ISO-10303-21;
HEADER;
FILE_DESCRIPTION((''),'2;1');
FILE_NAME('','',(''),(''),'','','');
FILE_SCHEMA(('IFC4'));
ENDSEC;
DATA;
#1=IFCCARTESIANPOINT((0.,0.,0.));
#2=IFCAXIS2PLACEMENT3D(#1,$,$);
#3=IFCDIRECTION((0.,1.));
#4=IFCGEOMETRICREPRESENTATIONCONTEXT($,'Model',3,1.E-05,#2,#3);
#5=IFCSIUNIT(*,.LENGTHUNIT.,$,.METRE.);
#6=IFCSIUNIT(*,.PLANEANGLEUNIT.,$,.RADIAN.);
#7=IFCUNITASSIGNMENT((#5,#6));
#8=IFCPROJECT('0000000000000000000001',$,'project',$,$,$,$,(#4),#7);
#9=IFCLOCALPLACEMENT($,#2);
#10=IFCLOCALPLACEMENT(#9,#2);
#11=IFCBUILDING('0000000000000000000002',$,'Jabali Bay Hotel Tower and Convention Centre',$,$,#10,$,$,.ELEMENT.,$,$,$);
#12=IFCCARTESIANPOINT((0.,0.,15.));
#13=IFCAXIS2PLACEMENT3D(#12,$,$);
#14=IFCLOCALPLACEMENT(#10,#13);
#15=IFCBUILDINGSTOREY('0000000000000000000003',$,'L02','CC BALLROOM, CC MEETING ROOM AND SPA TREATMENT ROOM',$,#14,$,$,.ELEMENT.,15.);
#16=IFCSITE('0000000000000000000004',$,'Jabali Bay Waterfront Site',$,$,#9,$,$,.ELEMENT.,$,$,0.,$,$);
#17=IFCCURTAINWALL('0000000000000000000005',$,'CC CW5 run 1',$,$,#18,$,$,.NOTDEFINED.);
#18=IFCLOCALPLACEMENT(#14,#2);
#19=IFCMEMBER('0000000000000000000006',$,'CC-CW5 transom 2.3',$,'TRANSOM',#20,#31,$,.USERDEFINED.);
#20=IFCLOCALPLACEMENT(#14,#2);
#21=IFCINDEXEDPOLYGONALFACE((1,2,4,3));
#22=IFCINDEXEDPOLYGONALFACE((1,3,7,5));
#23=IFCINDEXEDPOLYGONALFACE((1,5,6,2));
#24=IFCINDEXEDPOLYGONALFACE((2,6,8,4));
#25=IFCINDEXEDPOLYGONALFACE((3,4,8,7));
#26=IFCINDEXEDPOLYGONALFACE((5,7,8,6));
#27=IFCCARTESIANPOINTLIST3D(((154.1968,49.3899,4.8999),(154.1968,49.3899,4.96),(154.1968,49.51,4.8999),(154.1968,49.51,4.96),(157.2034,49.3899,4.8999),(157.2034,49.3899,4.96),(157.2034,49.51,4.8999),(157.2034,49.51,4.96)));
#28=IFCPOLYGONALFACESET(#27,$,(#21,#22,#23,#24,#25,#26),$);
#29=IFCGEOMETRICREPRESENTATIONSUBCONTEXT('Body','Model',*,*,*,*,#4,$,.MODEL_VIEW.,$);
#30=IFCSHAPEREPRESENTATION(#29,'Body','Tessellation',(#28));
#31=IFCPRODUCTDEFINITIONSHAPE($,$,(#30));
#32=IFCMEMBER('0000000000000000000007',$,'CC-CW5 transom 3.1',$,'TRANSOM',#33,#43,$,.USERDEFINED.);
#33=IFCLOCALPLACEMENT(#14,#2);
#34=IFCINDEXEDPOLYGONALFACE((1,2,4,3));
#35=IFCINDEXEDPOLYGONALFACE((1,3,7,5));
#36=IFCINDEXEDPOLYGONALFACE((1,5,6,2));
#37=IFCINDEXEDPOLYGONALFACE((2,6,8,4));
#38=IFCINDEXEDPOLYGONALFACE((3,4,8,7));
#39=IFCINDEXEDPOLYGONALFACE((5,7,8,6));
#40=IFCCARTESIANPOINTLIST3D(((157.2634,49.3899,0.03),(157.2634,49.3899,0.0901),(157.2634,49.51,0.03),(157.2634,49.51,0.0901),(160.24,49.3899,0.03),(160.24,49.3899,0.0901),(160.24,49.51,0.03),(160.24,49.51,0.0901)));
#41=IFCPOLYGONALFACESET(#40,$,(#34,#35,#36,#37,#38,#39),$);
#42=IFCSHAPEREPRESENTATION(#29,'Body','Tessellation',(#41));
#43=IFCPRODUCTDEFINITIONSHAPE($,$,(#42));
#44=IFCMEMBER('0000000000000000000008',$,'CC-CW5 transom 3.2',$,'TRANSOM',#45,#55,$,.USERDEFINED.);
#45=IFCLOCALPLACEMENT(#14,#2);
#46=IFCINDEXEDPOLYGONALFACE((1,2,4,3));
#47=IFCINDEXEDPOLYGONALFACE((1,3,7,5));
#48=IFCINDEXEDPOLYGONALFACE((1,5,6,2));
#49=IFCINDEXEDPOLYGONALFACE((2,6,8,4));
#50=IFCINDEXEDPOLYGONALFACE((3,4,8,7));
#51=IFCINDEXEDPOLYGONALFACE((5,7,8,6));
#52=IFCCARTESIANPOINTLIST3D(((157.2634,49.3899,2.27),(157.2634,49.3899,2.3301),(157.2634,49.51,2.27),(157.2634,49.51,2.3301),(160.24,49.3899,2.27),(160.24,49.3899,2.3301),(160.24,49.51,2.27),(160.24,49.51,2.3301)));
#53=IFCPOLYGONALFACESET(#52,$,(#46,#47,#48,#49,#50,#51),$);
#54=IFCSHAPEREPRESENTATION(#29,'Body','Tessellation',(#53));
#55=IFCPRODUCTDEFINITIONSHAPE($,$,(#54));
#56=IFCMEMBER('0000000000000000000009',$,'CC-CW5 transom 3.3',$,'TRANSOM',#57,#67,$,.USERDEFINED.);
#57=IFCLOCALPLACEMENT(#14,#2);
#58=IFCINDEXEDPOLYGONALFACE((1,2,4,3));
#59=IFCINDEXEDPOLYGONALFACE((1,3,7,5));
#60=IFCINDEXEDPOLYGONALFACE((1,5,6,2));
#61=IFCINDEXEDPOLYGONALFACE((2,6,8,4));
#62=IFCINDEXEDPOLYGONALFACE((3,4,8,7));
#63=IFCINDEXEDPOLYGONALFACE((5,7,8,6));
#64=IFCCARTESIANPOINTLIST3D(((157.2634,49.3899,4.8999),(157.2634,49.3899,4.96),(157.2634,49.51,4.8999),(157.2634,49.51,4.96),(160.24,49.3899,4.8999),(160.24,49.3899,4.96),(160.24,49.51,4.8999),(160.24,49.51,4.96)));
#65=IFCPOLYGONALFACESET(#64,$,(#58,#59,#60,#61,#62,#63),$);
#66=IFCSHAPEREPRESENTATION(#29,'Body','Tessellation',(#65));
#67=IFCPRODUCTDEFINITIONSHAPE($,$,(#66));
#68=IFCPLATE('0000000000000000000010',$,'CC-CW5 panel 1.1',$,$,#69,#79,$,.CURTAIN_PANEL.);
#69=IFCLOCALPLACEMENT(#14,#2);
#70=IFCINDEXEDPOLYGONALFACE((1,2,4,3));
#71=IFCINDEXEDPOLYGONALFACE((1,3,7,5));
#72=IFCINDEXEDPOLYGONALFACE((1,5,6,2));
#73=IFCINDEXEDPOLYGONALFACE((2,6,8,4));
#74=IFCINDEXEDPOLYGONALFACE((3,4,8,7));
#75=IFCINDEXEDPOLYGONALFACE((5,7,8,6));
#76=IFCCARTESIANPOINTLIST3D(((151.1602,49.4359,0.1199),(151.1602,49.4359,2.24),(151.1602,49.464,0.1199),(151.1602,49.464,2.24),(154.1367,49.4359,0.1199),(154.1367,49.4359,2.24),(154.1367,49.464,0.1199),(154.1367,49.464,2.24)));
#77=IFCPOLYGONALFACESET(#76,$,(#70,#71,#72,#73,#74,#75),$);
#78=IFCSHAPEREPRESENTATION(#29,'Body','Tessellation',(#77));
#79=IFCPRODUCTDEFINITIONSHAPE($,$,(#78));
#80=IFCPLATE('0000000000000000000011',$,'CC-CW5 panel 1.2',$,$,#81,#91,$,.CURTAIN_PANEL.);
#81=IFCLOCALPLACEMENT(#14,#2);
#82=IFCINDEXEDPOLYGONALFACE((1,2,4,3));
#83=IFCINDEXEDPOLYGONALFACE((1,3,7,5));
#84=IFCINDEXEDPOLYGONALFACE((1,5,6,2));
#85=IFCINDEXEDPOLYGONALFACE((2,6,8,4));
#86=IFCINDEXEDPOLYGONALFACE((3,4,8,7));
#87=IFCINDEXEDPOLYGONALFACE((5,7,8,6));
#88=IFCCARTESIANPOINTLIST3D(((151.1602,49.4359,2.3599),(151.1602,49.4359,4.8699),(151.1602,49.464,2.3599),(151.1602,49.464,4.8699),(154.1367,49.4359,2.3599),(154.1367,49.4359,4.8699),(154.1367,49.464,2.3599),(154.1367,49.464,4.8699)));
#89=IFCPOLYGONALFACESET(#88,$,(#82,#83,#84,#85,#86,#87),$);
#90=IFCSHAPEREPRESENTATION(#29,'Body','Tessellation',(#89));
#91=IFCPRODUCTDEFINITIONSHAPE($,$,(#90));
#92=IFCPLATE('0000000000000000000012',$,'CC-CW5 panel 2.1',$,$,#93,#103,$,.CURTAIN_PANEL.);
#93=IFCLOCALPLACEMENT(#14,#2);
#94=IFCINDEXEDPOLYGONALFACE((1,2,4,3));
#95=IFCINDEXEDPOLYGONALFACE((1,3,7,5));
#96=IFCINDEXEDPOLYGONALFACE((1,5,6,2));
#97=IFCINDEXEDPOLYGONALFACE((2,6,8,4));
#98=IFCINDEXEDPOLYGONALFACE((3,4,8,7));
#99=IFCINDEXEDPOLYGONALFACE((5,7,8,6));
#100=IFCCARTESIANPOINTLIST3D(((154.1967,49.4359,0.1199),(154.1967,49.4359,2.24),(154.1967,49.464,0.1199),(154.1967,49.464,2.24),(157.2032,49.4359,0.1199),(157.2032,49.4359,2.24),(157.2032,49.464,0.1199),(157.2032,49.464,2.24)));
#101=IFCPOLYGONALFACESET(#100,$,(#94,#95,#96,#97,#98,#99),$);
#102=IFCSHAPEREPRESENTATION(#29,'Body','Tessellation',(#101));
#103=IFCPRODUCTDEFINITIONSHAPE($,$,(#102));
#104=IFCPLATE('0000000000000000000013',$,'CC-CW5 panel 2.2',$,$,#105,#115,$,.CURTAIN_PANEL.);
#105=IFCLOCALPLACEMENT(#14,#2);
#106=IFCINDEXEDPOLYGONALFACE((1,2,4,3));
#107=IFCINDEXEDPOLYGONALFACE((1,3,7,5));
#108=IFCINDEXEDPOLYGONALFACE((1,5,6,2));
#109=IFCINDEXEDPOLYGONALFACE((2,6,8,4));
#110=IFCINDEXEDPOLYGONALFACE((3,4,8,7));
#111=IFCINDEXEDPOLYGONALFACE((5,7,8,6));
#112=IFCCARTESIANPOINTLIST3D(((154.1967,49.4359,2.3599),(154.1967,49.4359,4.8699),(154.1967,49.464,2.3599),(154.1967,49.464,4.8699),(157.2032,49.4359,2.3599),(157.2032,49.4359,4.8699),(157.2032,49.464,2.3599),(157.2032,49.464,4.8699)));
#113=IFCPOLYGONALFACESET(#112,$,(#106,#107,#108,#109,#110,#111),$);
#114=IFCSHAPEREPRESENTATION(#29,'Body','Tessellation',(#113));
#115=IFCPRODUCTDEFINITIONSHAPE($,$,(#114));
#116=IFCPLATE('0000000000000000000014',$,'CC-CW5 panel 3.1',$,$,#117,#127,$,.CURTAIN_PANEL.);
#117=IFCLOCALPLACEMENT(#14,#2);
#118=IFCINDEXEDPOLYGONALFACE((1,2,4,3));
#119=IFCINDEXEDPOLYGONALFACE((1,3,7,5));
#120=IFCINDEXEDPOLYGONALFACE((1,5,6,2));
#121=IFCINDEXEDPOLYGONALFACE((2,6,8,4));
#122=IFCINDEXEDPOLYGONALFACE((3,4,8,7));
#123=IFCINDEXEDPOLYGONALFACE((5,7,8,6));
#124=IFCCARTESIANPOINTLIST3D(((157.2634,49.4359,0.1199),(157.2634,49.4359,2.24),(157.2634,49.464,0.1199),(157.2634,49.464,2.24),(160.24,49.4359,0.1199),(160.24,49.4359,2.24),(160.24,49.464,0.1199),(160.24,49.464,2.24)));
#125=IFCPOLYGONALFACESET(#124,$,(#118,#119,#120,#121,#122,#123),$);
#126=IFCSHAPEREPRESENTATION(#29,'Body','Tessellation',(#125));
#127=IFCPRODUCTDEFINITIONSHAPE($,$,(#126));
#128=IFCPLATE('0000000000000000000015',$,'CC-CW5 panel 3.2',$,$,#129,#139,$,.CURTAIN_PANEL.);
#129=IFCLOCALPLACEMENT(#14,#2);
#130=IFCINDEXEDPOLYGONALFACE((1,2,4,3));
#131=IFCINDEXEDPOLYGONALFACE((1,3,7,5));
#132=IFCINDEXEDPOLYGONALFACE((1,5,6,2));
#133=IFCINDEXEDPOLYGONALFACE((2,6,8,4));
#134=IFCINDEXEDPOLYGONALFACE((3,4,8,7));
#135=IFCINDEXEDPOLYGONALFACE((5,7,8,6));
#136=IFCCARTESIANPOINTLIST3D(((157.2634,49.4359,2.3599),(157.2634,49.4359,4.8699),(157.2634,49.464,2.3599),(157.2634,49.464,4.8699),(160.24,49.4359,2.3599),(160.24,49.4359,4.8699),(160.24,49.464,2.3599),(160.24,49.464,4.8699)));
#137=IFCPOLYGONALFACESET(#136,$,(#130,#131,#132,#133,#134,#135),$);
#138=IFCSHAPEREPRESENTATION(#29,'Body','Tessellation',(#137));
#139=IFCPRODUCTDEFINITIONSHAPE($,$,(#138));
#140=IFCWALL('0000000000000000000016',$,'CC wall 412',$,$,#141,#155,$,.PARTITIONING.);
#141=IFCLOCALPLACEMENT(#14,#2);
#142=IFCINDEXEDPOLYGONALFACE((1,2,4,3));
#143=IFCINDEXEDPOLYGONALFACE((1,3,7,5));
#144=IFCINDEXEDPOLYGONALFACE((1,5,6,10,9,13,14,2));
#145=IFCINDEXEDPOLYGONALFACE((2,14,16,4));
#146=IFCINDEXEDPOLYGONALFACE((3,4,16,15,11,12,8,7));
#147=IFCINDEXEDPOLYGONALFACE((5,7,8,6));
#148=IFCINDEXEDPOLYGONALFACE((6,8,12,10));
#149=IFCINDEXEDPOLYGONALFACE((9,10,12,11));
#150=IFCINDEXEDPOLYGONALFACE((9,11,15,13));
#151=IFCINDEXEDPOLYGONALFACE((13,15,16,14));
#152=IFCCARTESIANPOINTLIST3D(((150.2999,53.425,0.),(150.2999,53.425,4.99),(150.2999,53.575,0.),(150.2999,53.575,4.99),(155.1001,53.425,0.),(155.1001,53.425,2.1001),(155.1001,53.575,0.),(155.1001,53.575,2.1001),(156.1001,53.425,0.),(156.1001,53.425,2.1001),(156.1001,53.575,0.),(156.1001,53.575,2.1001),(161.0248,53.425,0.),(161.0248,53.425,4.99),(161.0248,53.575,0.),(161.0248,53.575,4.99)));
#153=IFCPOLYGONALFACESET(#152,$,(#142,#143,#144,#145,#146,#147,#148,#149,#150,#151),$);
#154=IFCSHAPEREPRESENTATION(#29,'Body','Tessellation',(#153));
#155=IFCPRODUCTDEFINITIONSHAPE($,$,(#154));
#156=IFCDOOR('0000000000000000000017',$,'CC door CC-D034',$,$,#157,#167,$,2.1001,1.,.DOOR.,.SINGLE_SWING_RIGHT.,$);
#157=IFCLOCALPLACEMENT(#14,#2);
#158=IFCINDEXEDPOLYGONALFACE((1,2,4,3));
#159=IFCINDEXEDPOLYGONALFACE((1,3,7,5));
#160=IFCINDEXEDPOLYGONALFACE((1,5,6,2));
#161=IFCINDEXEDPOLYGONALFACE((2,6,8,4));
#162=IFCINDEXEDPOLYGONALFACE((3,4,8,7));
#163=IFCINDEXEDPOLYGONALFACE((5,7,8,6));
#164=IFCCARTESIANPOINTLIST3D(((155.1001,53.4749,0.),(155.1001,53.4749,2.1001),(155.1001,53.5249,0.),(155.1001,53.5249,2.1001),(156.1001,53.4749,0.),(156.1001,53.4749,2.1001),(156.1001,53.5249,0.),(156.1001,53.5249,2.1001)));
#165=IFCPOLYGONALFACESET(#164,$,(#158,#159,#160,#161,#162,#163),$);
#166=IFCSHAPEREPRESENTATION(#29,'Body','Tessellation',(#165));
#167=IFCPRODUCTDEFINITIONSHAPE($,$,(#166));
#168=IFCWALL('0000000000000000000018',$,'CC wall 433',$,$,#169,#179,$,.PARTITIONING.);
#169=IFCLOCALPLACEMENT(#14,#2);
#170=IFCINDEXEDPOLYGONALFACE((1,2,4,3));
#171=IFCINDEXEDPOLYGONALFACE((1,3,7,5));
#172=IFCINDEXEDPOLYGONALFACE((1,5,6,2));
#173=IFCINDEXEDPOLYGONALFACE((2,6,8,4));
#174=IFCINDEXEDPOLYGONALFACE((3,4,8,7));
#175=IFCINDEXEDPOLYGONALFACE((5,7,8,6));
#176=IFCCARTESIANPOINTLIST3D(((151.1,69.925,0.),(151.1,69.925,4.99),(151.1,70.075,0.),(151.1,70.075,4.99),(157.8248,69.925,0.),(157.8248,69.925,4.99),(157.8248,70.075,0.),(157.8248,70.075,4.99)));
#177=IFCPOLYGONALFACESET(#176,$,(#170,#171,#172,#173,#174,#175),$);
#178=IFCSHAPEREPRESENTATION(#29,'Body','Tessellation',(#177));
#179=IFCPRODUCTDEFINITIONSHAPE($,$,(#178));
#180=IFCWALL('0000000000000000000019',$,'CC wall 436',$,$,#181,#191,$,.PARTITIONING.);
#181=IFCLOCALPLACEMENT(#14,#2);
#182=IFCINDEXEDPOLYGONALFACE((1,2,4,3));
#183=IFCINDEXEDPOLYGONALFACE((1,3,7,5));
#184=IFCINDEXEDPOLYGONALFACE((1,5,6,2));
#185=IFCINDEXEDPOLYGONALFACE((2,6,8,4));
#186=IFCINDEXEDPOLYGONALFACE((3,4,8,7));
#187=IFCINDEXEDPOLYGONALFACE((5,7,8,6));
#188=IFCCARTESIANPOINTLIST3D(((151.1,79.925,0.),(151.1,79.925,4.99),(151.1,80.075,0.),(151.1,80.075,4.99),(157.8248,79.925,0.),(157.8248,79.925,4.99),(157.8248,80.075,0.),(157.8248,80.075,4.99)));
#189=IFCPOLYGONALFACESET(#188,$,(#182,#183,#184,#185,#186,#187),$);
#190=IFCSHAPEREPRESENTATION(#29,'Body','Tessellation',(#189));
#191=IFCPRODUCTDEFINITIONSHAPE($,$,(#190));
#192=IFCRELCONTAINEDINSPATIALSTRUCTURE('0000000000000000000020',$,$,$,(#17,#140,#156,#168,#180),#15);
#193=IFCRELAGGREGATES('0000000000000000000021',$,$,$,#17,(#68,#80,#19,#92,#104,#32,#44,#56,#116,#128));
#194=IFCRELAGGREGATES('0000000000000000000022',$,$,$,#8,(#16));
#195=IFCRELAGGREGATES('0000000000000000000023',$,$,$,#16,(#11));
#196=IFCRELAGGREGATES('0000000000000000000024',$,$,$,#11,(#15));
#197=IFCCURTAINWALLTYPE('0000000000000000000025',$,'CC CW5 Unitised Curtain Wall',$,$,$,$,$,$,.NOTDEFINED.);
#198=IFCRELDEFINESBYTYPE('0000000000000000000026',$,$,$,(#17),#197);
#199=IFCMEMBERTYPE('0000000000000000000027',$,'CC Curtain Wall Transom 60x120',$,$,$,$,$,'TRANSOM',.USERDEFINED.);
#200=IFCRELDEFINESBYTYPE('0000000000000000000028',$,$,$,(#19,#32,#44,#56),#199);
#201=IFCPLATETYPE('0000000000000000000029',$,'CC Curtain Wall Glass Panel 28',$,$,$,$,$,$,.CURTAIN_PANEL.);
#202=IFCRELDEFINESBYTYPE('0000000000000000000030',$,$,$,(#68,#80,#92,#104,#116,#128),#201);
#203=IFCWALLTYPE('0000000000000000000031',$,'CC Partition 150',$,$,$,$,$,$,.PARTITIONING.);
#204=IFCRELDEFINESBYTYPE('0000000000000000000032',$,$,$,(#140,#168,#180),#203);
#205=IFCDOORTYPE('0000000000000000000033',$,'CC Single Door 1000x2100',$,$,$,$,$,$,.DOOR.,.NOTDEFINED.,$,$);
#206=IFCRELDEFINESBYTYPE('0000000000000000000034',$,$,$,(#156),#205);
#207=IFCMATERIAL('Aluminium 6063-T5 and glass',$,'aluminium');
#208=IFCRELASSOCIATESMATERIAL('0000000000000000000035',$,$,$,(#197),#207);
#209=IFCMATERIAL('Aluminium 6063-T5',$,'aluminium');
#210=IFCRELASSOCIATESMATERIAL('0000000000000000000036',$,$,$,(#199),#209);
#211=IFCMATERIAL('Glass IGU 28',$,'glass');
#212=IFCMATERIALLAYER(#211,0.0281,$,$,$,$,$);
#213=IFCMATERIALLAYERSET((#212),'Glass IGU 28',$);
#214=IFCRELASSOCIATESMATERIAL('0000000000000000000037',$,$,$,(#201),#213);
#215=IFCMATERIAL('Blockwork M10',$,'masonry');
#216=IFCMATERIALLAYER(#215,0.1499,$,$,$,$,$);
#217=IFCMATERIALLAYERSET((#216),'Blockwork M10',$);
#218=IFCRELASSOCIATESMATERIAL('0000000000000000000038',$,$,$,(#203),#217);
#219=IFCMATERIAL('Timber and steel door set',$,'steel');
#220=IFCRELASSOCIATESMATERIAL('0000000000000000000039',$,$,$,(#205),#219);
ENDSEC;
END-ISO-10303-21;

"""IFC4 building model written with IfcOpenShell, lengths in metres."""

from ifc_helpers import new_model, si_unit, direction, frame, frame_2d, origin, origin_2d, place, context, subcontext, project, spatial, rectangle, extrude, material, layer, layer_set, material_profile, profile_set, type_object, element, fill, aggregate, save


model = new_model("IFC4")

# Units and contexts
model_context = context("Model", 3, precision=1e-05, world=origin(), true_north=direction((0.0, 1.0)))
body_context = subcontext(model_context, "Body", "Model", "MODEL_VIEW")
ifc_project = project(units=[si_unit("LENGTHUNIT", "METRE"), si_unit("PLANEANGLEUNIT", "RADIAN")], contexts=[model_context])

# Site, building, storey
site_placement = place(None, origin())
site = spatial("IfcSite", under=ifc_project, at=site_placement, Name="Jabali Bay Waterfront Site", CompositionType="ELEMENT", RefElevation=0.0)
building_placement = place(site_placement, origin())
building = spatial("IfcBuilding", under=site, at=building_placement, Name="Jabali Bay Hotel Tower and Convention Centre", CompositionType="ELEMENT")
storey_placement = place(building_placement, frame((0.0, 0.0, 15.0)))
storey = spatial("IfcBuildingStorey", under=building, at=storey_placement, Name="L02", Description="CC BALLROOM, CC MEETING ROOM AND SPA TREATMENT ROOM", CompositionType="ELEMENT", Elevation=15.0)

# Curtain wall, members, plates
ifc_material_1 = material(Name="Aluminium 6063-T5 and glass", Category="aluminium")
curtain_wall_type = type_object("IfcCurtainWallType", Name="CC CW5 Unitised Curtain Wall", PredefinedType="NOTDEFINED", material=ifc_material_1)
curtain_wall_placement = place(storey_placement, origin())
curtain_wall = element("IfcCurtainWall", 1, at=curtain_wall_placement, inside=storey, type_object=curtain_wall_type, Name="CC CW5 run 1", PredefinedType="NOTDEFINED")
ifc_material_2 = material(Name="Aluminium 6063-T5", Category="aluminium")
ifc_material_profile_1 = material_profile(ifc_material_2, rectangle(XDim=0.1201, YDim=0.0601, at=origin_2d()), Name="AL 120x60")
ifc_profile_set_1 = profile_set([ifc_material_profile_1], Name="Aluminium 6063-T5")
member_type_1 = type_object("IfcMemberType", Name="CC Curtain Wall Transom 60x120", ElementType="TRANSOM", PredefinedType="USERDEFINED", material=ifc_profile_set_1)
member_1_placement = place(storey_placement, frame((154.1968, 49.45, 4.9299), z_axis=(1.0, 0.0, 0.0), x_axis=(0.0, 1.0, 0.0)))
member_1 = element("IfcMember", 2, at=member_1_placement, type_object=member_type_1, Name="CC-CW5 transom 2.3", ObjectType="TRANSOM", PredefinedType="USERDEFINED", context=body_context, shape_type="SweptSolid", body=[
    extrude(rectangle(XDim=0.1201, YDim=0.0601, at=origin_2d()), origin(), (0.0, 0.0, 1.0), 3.0066),
])
member_2_placement = place(storey_placement, frame((157.2634, 49.45, 0.0601), z_axis=(1.0, 0.0, 0.0), x_axis=(0.0, 1.0, 0.0)))
member_2 = element("IfcMember", 3, at=member_2_placement, type_object=member_type_1, Name="CC-CW5 transom 3.1", ObjectType="TRANSOM", PredefinedType="USERDEFINED", context=body_context, shape_type="SweptSolid", body=[
    extrude(rectangle(XDim=0.1201, YDim=0.0601, at=origin_2d()), origin(), (0.0, 0.0, 1.0), 2.9766),
])
member_3_placement = place(storey_placement, frame((157.2634, 49.45, 2.3), z_axis=(1.0, 0.0, 0.0), x_axis=(0.0, 1.0, 0.0)))
member_3 = element("IfcMember", 4, at=member_3_placement, type_object=member_type_1, Name="CC-CW5 transom 3.2", ObjectType="TRANSOM", PredefinedType="USERDEFINED", context=body_context, shape_type="SweptSolid", body=[
    extrude(rectangle(XDim=0.1201, YDim=0.0601, at=origin_2d()), origin(), (0.0, 0.0, 1.0), 2.9766),
])
member_4_placement = place(storey_placement, frame((157.2634, 49.45, 4.9299), z_axis=(1.0, 0.0, 0.0), x_axis=(0.0, 1.0, 0.0)))
member_4 = element("IfcMember", 5, at=member_4_placement, type_object=member_type_1, Name="CC-CW5 transom 3.3", ObjectType="TRANSOM", PredefinedType="USERDEFINED", context=body_context, shape_type="SweptSolid", body=[
    extrude(rectangle(XDim=0.1201, YDim=0.0601, at=origin_2d()), origin(), (0.0, 0.0, 1.0), 2.9766),
])
ifc_material_3 = material(Name="Glass IGU 28", Category="glass")
ifc_layer_1 = layer(ifc_material_3, 0.0281)
ifc_layer_set_1 = layer_set([ifc_layer_1], Name="Glass IGU 28")
plate_type = type_object("IfcPlateType", Name="CC Curtain Wall Glass Panel 28", PredefinedType="CURTAIN_PANEL", material=ifc_layer_set_1)
plate_1_placement = place(storey_placement, frame((152.6484, 49.45, 0.1199), z_axis=(0.0, 0.0, 1.0), x_axis=(1.0, 0.0, 0.0)))
plate_1 = element("IfcPlate", 6, at=plate_1_placement, type_object=plate_type, Name="CC-CW5 panel 1.1", PredefinedType="CURTAIN_PANEL", context=body_context, shape_type="SweptSolid", body=[
    extrude(rectangle(XDim=2.9766, YDim=0.0281, at=origin_2d()), origin(), (0.0, 0.0, 1.0), 2.1201),
])
plate_2_placement = place(storey_placement, frame((152.6484, 49.45, 2.3599), z_axis=(0.0, 0.0, 1.0), x_axis=(1.0, 0.0, 0.0)))
plate_2 = element("IfcPlate", 7, at=plate_2_placement, type_object=plate_type, Name="CC-CW5 panel 1.2", PredefinedType="CURTAIN_PANEL", context=body_context, shape_type="SweptSolid", body=[
    extrude(rectangle(XDim=2.9766, YDim=0.0281, at=origin_2d()), origin(), (0.0, 0.0, 1.0), 2.51),
])
plate_3_placement = place(storey_placement, frame((155.7, 49.45, 0.1199), z_axis=(0.0, 0.0, 1.0), x_axis=(1.0, 0.0, 0.0)))
plate_3 = element("IfcPlate", 8, at=plate_3_placement, type_object=plate_type, Name="CC-CW5 panel 2.1", PredefinedType="CURTAIN_PANEL", context=body_context, shape_type="SweptSolid", body=[
    extrude(rectangle(XDim=3.0066, YDim=0.0281, at=origin_2d()), origin(), (0.0, 0.0, 1.0), 2.1201),
])
plate_4_placement = place(storey_placement, frame((155.7, 49.45, 2.3599), z_axis=(0.0, 0.0, 1.0), x_axis=(1.0, 0.0, 0.0)))
plate_4 = element("IfcPlate", 9, at=plate_4_placement, type_object=plate_type, Name="CC-CW5 panel 2.2", PredefinedType="CURTAIN_PANEL", context=body_context, shape_type="SweptSolid", body=[
    extrude(rectangle(XDim=3.0066, YDim=0.0281, at=origin_2d()), origin(), (0.0, 0.0, 1.0), 2.51),
])
plate_5_placement = place(storey_placement, frame((158.7517, 49.45, 0.1199), z_axis=(0.0, 0.0, 1.0), x_axis=(1.0, 0.0, 0.0)))
plate_5 = element("IfcPlate", 10, at=plate_5_placement, type_object=plate_type, Name="CC-CW5 panel 3.1", PredefinedType="CURTAIN_PANEL", context=body_context, shape_type="SweptSolid", body=[
    extrude(rectangle(XDim=2.9766, YDim=0.0281, at=origin_2d()), origin(), (0.0, 0.0, 1.0), 2.1201),
])
plate_6_placement = place(storey_placement, frame((158.7517, 49.45, 2.3599), z_axis=(0.0, 0.0, 1.0), x_axis=(1.0, 0.0, 0.0)))
plate_6 = element("IfcPlate", 11, at=plate_6_placement, type_object=plate_type, Name="CC-CW5 panel 3.2", PredefinedType="CURTAIN_PANEL", context=body_context, shape_type="SweptSolid", body=[
    extrude(rectangle(XDim=2.9766, YDim=0.0281, at=origin_2d()), origin(), (0.0, 0.0, 1.0), 2.51),
])
aggregate(curtain_wall, [plate_1, plate_2, member_1, plate_3, plate_4, member_2, member_3, member_4, plate_5, plate_6])

# Wall, opening, door
ifc_material_4 = material(Name="Blockwork M10", Category="masonry")
ifc_layer_2 = layer(ifc_material_4, 0.1499)
ifc_layer_set_2 = layer_set([ifc_layer_2], Name="Blockwork M10")
wall_type = type_object("IfcWallType", Name="CC Partition 150", PredefinedType="PARTITIONING", material=ifc_layer_set_2)
wall_placement = place(storey_placement, frame((150.3, 53.5, 0.0), z_axis=(0.0, 0.0, 1.0), x_axis=(1.0, 0.0, 0.0)))
wall = element("IfcWall", 12, at=wall_placement, inside=storey, type_object=wall_type, Name="CC wall 412", PredefinedType="PARTITIONING", context=body_context, shape_type="SweptSolid", body=[
    extrude(rectangle(XDim=10.7249, YDim=0.1499, at=frame_2d((5.3623, 0.0))), origin(), (0.0, 0.0, 1.0), 4.99),
])
opening_placement = place(wall_placement, frame((4.8, 0.0, 0.0)))
opening = element("IfcOpeningElement", 13, at=opening_placement, cuts=wall, PredefinedType="OPENING", context=body_context, shape_type="SweptSolid", body=[
    extrude(rectangle(XDim=1.0, YDim=2.1001, at=frame_2d((0.5, 1.05))), frame((0.0, 0.0854, 0.0), z_axis=(0.0, -1.0, 0.0), x_axis=(1.0, 0.0, 0.0)), (0.0, 0.0, 1.0), 0.1709),
])
ifc_material_5 = material(Name="Timber and steel door set", Category="steel")
door_type = type_object("IfcDoorType", Name="CC Single Door 1000x2100", OperationType="NOTDEFINED", PredefinedType="DOOR", material=ifc_material_5)
door_placement = place(opening_placement, origin())
door = element("IfcDoor", 14, at=door_placement, inside=storey, type_object=door_type, Name="CC door CC-D034", OperationType="SINGLE_SWING_RIGHT", OverallHeight=2.1001, OverallWidth=1.0, PredefinedType="DOOR", context=body_context, shape_type="SweptSolid", body=[
    extrude(rectangle(XDim=1.0, YDim=2.1001, at=frame_2d((0.5, 1.05))), frame((0.0, 0.0249, 0.0), z_axis=(0.0, -1.0, 0.0), x_axis=(1.0, 0.0, 0.0)), (0.0, 0.0, 1.0), 0.05),
])
fill(opening, door)

# Walls
for number, where, z_axis, x_axis, name in (
    (15, (151.1001, 70.0, 0.0), (0.0, 0.0, 1.0), (1.0, 0.0, 0.0), "CC wall 433"),
    (16, (151.1001, 80.0, 0.0), (0.0, 0.0, 1.0), (1.0, 0.0, 0.0), "CC wall 436"),
):
    element("IfcWall", number, at=place(storey_placement, frame(where, z_axis=z_axis, x_axis=x_axis)), inside=storey, type_object=wall_type, Name=name, PredefinedType="PARTITIONING", context=body_context, shape_type="SweptSolid", body=[
        extrude(rectangle(XDim=6.7249, YDim=0.1499, at=frame_2d((3.3623, 0.0))), origin(), (0.0, 0.0, 1.0), 4.99),
    ])

save(model, "model.ifc")
